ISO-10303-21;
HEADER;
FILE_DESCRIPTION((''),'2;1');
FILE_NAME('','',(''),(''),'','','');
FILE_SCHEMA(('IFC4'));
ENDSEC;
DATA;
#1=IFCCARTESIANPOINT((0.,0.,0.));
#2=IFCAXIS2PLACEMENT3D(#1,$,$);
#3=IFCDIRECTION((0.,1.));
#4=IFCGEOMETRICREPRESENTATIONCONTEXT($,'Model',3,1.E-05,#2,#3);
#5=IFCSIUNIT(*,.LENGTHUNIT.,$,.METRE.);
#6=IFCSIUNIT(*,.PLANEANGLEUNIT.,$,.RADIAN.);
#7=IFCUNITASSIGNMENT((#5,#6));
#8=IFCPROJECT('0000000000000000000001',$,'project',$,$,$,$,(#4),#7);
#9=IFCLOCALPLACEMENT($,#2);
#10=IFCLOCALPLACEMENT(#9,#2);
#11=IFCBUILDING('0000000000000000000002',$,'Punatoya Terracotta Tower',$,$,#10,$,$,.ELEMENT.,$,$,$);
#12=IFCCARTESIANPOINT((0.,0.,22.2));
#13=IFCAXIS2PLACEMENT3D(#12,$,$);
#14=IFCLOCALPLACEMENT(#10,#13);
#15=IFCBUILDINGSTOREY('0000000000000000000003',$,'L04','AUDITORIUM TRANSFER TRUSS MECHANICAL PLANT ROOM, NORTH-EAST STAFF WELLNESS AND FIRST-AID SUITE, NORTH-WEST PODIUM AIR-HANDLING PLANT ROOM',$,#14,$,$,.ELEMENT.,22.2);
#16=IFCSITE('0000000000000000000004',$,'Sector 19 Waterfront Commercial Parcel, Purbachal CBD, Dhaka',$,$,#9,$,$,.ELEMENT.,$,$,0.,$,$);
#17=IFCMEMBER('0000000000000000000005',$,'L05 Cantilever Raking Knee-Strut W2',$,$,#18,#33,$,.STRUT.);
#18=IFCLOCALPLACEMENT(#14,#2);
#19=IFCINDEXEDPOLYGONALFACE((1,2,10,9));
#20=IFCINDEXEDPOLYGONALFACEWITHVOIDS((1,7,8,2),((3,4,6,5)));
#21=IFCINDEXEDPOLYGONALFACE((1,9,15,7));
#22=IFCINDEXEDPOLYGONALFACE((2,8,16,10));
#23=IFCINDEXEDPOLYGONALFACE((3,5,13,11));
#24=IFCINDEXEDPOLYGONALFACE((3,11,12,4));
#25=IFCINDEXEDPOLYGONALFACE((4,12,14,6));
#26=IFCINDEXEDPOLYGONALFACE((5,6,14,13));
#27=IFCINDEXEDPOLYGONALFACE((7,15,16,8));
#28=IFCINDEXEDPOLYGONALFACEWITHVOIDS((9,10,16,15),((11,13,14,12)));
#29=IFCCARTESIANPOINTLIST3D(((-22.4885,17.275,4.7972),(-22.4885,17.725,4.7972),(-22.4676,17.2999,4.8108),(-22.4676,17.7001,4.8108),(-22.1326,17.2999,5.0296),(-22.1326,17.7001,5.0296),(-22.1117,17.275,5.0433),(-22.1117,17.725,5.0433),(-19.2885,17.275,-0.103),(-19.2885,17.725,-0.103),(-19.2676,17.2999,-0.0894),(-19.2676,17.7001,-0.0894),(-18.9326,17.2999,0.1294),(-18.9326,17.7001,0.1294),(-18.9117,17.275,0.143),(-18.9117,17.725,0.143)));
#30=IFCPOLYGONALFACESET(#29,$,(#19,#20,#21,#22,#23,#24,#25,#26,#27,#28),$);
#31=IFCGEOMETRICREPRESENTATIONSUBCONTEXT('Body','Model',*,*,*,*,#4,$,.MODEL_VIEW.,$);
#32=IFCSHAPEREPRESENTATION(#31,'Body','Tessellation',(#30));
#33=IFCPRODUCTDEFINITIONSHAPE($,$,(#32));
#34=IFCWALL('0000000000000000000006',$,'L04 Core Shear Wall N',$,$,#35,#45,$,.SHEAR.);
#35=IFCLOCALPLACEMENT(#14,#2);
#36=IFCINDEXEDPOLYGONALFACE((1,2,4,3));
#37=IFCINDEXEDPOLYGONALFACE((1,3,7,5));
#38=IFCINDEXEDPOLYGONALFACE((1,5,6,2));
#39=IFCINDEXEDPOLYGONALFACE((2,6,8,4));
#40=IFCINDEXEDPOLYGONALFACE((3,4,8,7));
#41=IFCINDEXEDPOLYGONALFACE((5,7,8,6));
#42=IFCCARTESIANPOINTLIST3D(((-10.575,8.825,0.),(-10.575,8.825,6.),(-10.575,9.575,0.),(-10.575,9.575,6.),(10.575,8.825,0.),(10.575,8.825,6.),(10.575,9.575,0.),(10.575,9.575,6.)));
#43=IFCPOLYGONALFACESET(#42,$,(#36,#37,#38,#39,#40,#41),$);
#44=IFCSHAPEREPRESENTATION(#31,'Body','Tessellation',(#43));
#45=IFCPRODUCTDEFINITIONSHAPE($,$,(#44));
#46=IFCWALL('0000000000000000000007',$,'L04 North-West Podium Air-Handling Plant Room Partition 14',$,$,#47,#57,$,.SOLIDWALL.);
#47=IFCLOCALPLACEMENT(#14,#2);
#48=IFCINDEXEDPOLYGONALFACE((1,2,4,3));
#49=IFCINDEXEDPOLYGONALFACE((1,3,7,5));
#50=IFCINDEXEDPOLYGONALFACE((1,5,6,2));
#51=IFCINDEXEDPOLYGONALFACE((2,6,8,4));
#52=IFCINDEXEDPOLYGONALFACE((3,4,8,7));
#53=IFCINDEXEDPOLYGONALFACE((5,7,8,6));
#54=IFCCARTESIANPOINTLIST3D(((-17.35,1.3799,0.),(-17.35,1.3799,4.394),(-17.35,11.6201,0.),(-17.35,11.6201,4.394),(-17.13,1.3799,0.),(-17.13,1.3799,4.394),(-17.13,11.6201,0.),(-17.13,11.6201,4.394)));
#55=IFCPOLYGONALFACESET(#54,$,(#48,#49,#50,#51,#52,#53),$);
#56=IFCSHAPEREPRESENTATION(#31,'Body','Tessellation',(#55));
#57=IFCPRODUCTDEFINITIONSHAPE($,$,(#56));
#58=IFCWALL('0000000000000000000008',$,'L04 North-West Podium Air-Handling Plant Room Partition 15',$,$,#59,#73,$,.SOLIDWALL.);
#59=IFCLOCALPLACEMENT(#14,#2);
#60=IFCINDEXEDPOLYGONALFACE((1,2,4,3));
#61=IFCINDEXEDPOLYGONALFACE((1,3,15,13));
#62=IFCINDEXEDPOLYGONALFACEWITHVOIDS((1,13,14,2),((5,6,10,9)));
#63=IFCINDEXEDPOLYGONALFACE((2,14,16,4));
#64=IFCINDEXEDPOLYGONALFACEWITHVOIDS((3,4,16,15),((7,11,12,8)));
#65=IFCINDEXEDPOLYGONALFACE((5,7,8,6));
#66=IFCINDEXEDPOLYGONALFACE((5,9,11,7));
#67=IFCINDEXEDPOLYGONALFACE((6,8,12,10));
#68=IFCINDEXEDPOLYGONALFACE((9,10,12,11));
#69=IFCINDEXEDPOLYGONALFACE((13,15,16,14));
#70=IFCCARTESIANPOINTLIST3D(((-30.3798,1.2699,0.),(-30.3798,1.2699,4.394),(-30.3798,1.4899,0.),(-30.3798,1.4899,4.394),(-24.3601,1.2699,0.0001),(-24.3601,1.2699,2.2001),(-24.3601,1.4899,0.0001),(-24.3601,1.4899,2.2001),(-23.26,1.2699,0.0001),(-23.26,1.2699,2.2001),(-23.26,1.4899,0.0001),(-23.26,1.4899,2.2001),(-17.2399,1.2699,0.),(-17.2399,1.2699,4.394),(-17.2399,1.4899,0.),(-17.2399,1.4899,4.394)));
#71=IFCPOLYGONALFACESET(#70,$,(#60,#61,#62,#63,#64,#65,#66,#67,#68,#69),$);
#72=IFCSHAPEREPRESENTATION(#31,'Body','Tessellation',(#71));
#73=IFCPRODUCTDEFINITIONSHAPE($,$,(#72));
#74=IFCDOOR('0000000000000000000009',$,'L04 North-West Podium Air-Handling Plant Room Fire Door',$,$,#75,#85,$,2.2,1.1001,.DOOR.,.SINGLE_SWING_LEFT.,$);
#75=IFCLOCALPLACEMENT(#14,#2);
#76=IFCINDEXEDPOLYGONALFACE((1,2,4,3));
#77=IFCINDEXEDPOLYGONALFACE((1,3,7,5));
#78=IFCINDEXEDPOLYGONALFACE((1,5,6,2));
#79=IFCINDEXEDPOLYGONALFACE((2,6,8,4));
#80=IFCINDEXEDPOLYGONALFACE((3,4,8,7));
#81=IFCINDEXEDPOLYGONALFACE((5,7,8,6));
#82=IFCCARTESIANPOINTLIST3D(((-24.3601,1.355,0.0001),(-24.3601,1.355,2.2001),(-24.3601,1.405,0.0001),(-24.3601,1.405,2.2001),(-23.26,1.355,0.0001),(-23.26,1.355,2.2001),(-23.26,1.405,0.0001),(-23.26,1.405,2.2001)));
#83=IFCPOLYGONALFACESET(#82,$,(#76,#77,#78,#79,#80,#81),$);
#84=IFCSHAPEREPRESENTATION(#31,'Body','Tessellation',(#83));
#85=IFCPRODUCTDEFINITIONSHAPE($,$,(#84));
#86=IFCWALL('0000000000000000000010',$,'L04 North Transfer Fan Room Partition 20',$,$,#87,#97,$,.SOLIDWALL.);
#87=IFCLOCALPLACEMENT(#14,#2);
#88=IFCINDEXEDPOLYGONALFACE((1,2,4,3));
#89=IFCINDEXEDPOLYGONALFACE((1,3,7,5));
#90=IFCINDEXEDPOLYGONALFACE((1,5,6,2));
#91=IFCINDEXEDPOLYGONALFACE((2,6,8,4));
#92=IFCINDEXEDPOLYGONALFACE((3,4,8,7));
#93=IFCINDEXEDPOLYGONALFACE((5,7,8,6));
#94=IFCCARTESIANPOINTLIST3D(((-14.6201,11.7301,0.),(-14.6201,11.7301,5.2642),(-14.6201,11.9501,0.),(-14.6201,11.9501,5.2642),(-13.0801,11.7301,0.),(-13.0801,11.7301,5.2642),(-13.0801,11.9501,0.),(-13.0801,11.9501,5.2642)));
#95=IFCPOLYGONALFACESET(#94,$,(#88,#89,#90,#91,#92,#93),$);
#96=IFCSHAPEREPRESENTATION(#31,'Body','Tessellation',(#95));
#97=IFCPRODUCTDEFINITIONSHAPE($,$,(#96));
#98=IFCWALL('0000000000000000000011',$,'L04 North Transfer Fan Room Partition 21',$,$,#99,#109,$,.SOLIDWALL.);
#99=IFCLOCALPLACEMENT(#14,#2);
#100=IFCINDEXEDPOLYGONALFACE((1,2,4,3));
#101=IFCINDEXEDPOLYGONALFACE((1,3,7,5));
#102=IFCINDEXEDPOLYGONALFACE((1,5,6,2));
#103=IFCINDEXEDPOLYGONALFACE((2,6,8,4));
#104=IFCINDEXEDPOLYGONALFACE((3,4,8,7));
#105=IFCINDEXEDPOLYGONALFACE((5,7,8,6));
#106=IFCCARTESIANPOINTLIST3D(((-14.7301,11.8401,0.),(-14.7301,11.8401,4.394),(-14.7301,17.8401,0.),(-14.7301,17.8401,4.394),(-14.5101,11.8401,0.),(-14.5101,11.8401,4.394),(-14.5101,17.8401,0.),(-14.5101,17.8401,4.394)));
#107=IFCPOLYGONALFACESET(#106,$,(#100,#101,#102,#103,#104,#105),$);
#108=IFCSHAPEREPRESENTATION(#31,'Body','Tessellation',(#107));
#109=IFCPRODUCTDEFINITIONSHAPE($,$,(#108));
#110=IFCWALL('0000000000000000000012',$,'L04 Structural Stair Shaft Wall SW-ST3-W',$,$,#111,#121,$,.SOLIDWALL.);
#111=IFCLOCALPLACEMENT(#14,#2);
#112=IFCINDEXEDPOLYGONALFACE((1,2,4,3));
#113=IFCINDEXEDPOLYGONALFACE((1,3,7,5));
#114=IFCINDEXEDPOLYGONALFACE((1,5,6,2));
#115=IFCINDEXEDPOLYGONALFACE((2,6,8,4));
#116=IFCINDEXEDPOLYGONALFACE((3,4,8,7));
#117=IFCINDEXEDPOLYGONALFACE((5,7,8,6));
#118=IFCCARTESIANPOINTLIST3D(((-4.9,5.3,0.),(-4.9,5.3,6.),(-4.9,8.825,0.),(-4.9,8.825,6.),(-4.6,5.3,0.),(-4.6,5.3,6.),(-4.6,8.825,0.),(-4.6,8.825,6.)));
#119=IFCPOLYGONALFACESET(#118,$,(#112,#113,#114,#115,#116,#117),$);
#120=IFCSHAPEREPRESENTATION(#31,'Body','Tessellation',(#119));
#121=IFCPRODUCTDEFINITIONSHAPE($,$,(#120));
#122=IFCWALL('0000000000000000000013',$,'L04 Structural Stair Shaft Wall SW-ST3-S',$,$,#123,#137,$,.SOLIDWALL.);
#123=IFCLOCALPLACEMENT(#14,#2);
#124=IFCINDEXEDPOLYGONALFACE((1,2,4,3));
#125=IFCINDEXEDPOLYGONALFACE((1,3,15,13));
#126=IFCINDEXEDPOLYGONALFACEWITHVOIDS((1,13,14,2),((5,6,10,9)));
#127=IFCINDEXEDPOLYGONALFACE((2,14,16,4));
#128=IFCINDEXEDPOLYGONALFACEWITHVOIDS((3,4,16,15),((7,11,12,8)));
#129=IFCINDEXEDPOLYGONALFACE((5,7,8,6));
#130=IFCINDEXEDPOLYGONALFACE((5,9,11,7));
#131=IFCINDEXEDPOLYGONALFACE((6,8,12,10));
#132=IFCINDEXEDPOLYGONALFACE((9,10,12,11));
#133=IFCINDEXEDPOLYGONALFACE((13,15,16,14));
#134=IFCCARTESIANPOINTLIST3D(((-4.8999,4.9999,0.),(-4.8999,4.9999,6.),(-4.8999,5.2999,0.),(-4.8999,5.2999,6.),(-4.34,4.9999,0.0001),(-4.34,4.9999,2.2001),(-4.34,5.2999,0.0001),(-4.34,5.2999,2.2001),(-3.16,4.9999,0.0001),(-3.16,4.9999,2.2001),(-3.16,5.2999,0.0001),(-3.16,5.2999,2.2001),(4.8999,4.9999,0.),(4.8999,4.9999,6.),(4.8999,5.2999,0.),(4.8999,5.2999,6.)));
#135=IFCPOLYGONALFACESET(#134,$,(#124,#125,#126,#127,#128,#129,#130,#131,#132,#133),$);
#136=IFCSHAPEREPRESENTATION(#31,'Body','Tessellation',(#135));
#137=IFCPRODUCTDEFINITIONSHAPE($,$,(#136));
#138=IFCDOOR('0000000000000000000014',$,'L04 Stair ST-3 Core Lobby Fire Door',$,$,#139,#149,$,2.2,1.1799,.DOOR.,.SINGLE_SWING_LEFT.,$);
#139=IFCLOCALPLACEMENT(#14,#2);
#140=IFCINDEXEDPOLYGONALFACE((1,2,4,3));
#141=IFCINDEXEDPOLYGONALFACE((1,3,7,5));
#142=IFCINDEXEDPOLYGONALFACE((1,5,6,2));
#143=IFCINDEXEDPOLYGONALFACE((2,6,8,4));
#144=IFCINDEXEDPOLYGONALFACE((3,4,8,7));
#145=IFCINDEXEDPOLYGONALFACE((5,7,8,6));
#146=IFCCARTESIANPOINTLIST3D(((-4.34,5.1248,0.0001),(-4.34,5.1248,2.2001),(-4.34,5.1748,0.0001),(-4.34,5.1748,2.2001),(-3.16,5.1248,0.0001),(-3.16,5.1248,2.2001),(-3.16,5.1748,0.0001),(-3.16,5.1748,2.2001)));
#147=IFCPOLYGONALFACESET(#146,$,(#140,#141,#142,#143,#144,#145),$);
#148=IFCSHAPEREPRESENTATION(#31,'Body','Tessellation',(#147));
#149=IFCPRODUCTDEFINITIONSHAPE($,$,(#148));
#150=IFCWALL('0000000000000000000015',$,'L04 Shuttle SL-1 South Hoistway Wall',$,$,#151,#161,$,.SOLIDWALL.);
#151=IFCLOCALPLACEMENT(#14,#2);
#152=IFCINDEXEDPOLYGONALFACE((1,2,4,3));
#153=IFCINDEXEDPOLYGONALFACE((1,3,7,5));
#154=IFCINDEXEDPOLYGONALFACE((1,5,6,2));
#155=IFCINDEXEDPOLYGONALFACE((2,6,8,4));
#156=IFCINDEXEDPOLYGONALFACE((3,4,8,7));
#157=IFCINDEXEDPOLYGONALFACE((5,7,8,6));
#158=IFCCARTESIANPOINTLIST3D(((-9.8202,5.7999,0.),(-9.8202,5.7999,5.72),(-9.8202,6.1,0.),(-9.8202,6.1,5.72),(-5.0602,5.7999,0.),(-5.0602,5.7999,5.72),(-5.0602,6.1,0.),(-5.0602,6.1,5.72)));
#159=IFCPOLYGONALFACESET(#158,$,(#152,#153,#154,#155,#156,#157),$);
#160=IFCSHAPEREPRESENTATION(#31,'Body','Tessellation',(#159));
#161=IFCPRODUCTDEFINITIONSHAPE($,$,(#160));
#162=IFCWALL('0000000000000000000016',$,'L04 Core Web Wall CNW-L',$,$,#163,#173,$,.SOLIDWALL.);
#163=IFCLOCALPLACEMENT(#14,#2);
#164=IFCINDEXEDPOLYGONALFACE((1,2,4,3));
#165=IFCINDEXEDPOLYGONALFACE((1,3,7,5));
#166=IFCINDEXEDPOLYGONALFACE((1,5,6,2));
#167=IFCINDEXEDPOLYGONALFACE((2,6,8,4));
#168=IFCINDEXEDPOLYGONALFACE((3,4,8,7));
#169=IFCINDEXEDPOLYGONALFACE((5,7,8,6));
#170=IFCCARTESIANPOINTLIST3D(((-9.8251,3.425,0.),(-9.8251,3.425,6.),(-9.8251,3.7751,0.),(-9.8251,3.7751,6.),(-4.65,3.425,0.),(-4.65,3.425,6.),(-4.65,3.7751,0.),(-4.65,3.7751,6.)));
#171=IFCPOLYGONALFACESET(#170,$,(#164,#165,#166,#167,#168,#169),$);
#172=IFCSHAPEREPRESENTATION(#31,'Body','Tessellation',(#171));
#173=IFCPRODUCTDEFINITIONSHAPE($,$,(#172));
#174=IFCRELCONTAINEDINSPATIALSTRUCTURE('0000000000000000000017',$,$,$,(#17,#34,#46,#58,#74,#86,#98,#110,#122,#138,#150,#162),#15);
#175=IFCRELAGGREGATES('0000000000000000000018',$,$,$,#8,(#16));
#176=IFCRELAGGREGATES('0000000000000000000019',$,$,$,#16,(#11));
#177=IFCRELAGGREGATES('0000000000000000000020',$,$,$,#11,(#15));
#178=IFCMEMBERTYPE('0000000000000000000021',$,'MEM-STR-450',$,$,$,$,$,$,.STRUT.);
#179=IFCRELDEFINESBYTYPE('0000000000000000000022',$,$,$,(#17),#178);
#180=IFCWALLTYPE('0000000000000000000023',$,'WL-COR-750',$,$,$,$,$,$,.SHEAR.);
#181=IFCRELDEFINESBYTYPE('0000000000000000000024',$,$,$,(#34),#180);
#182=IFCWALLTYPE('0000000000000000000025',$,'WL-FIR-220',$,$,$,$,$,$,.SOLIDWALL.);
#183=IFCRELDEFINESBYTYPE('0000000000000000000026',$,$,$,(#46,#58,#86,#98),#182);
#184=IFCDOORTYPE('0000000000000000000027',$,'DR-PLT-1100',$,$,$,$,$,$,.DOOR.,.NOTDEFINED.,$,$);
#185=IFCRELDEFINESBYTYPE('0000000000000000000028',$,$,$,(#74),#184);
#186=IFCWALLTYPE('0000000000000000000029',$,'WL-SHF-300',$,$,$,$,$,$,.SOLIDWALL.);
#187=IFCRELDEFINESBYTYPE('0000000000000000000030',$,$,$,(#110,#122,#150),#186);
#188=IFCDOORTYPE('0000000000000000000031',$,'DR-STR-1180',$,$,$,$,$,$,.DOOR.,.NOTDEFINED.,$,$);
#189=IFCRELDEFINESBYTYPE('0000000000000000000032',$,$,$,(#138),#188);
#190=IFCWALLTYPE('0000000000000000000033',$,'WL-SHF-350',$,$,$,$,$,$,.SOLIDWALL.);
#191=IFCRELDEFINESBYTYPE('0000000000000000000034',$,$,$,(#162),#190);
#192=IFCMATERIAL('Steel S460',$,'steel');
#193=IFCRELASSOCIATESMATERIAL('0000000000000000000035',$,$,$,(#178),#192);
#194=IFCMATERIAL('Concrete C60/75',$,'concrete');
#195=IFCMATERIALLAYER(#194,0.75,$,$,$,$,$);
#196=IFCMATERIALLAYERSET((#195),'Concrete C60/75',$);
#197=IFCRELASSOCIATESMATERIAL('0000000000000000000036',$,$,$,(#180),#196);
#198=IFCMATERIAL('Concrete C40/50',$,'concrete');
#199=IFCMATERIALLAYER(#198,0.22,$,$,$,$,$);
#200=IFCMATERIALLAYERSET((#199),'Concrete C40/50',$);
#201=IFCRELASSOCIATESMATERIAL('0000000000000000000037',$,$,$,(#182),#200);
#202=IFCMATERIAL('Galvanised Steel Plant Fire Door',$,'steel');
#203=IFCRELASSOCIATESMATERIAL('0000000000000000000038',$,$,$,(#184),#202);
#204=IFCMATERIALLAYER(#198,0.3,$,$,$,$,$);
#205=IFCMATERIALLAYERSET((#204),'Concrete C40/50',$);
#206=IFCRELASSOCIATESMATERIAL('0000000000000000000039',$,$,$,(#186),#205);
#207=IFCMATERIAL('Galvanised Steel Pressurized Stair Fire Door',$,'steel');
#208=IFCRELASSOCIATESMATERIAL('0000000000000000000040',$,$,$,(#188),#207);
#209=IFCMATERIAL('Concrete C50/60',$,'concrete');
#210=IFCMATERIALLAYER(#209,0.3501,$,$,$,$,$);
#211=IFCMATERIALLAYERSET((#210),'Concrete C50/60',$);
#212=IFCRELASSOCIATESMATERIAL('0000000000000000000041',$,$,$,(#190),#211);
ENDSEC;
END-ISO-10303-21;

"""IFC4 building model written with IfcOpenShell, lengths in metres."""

from ifc_helpers import new_model, si_unit, direction, frame, frame_2d, origin, origin_2d, place, context, subcontext, project, spatial, rectangle, hollow_rectangle, extrude, material, layer, layer_set, material_profile, profile_set, type_object, element, fill, save


model = new_model("IFC4")

# Units and contexts
model_context = context("Model", 3, precision=1e-05, world=origin(), true_north=direction((0.0, 1.0)))
body_context = subcontext(model_context, "Body", "Model", "MODEL_VIEW")
ifc_project = project(units=[si_unit("LENGTHUNIT", "METRE"), si_unit("PLANEANGLEUNIT", "RADIAN")], contexts=[model_context])

# Site, building, storey
site_placement = place(None, origin())
site = spatial("IfcSite", under=ifc_project, at=site_placement, Name="Sector 19 Waterfront Commercial Parcel, Purbachal CBD, Dhaka", CompositionType="ELEMENT", RefElevation=0.0)
building_placement = place(site_placement, origin())
building = spatial("IfcBuilding", under=site, at=building_placement, Name="Punatoya Terracotta Tower", CompositionType="ELEMENT")
storey_placement = place(building_placement, frame((0.0, 0.0, 22.2)))
storey = spatial("IfcBuildingStorey", under=building, at=storey_placement, Name="L04", Description="AUDITORIUM TRANSFER TRUSS MECHANICAL PLANT ROOM, NORTH-EAST STAFF WELLNESS AND FIRST-AID SUITE, NORTH-WEST PODIUM AIR-HANDLING PLANT ROOM", CompositionType="ELEMENT", Elevation=22.2)

# Shared definitions
ifc_material_1 = material(Name="Concrete C50/60", Category="concrete")

# Member
ifc_material_2 = material(Name="Steel S460", Category="steel")
ifc_material_profile_1 = material_profile(ifc_material_2, hollow_rectangle(XDim=0.45, YDim=0.45, WallThickness=0.0249, at=origin_2d()))
ifc_profile_set_1 = profile_set([ifc_material_profile_1], Name="Steel S460")
member_type = type_object("IfcMemberType", Name="MEM-STR-450", PredefinedType="STRUT", material=ifc_profile_set_1)
member_placement = place(storey_placement, frame((-19.1001, 17.5, 0.02), z_axis=(-0.546772, 0.0, 0.837282), x_axis=(0.0, -1.0, 0.0)))
element("IfcMember", 1, at=member_placement, inside=storey, type_object=member_type, Name="L05 Cantilever Raking Knee-Strut W2", PredefinedType="STRUT", context=body_context, shape_type="SweptSolid", body=[
    extrude(hollow_rectangle(XDim=0.45, YDim=0.45, WallThickness=0.0249, at=origin_2d()), origin(), (0.0, 0.0, 1.0), 5.8525),
])

# Walls
ifc_material_3 = material(Name="Concrete C60/75", Category="concrete")
ifc_layer_1 = layer(ifc_material_3, 0.75)
ifc_layer_set_1 = layer_set([ifc_layer_1], Name="Concrete C60/75")
wall_type_1 = type_object("IfcWallType", Name="WL-COR-750", PredefinedType="SHEAR", material=ifc_layer_set_1)
wall_1_placement = place(storey_placement, frame((-10.575, 9.2, 0.0), z_axis=(0.0, 0.0, 1.0), x_axis=(1.0, 0.0, 0.0)))
element("IfcWall", 2, at=wall_1_placement, inside=storey, type_object=wall_type_1, Name="L04 Core Shear Wall N", PredefinedType="SHEAR", context=body_context, shape_type="SweptSolid", body=[
    extrude(rectangle(XDim=21.1499, YDim=0.75, at=frame_2d((10.575, 0.0))), origin(), (0.0, 0.0, 1.0), 6.0),
])
ifc_material_4 = material(Name="Concrete C40/50", Category="concrete")
ifc_layer_2 = layer(ifc_material_4, 0.22)
ifc_layer_set_2 = layer_set([ifc_layer_2], Name="Concrete C40/50")
wall_type_2 = type_object("IfcWallType", Name="WL-FIR-220", PredefinedType="SOLIDWALL", material=ifc_layer_set_2)
wall_2_placement = place(storey_placement, frame((-17.24, 11.6201, 0.0), z_axis=(0.0, 0.0, 1.0), x_axis=(0.0, -1.0, 0.0)))
element("IfcWall", 3, at=wall_2_placement, inside=storey, type_object=wall_type_2, Name="L04 North-West Podium Air-Handling Plant Room Partition 14", PredefinedType="SOLIDWALL", context=body_context, shape_type="SweptSolid", body=[
    extrude(rectangle(XDim=10.2402, YDim=0.22, at=frame_2d((5.1201, 0.0))), origin(), (0.0, 0.0, 1.0), 4.394),
])

# Wall, opening, door
wall_3_placement = place(storey_placement, frame((-17.24, 1.3799, 0.0), z_axis=(0.0, 0.0, 1.0), x_axis=(-1.0, 0.0, 0.0)))
wall_3 = element("IfcWall", 4, at=wall_3_placement, inside=storey, type_object=wall_type_2, Name="L04 North-West Podium Air-Handling Plant Room Partition 15", PredefinedType="SOLIDWALL", context=body_context, shape_type="SweptSolid", body=[
    extrude(rectangle(XDim=13.1399, YDim=0.22, at=frame_2d((6.5698, 0.0))), origin(), (0.0, 0.0, 1.0), 4.394),
])
opening_1_placement = place(wall_3_placement, frame((6.02, 0.0, 0.0)))
opening_1 = element("IfcOpeningElement", 5, at=opening_1_placement, cuts=wall_3, PredefinedType="OPENING", context=body_context, shape_type="SweptSolid", body=[
    extrude(rectangle(XDim=1.1001, YDim=2.2, at=frame_2d((0.55, 1.1001))), frame((0.0, 0.1199, 0.0), z_axis=(0.0, -1.0, 0.0), x_axis=(1.0, 0.0, 0.0)), (0.0, 0.0, 1.0), 0.24),
])
ifc_material_5 = material(Name="Galvanised Steel Plant Fire Door", Category="steel")
door_type_1 = type_object("IfcDoorType", Name="DR-PLT-1100", OperationType="NOTDEFINED", PredefinedType="DOOR", material=ifc_material_5)
door_1_placement = place(opening_1_placement, origin())
door_1 = element("IfcDoor", 6, at=door_1_placement, inside=storey, type_object=door_type_1, Name="L04 North-West Podium Air-Handling Plant Room Fire Door", OperationType="SINGLE_SWING_LEFT", OverallHeight=2.2, OverallWidth=1.1001, PredefinedType="DOOR", context=body_context, shape_type="SweptSolid", body=[
    extrude(rectangle(XDim=1.1001, YDim=2.2, at=frame_2d((0.55, 1.1001))), frame((0.0, 0.0249, 0.0), z_axis=(0.0, -1.0, 0.0), x_axis=(1.0, 0.0, 0.0)), (0.0, 0.0, 1.0), 0.05),
])
fill(opening_1, door_1)

# Walls
wall_4_placement = place(storey_placement, frame((-13.0801, 11.8401, 0.0), z_axis=(0.0, 0.0, 1.0), x_axis=(-1.0, 0.0, 0.0)))
element("IfcWall", 7, at=wall_4_placement, inside=storey, type_object=wall_type_2, Name="L04 North Transfer Fan Room Partition 20", PredefinedType="SOLIDWALL", context=body_context, shape_type="SweptSolid", body=[
    extrude(rectangle(XDim=1.54, YDim=0.22, at=frame_2d((0.77, 0.0))), origin(), (0.0, 0.0, 1.0), 5.2642),
])
wall_5_placement = place(storey_placement, frame((-14.6201, 11.8401, 0.0), z_axis=(0.0, 0.0, 1.0), x_axis=(0.0, 1.0, 0.0)))
element("IfcWall", 8, at=wall_5_placement, inside=storey, type_object=wall_type_2, Name="L04 North Transfer Fan Room Partition 21", PredefinedType="SOLIDWALL", context=body_context, shape_type="SweptSolid", body=[
    extrude(rectangle(XDim=6.0, YDim=0.22, at=frame_2d((3.0, 0.0))), origin(), (0.0, 0.0, 1.0), 4.394),
])
ifc_layer_3 = layer(ifc_material_4, 0.3)
ifc_layer_set_3 = layer_set([ifc_layer_3], Name="Concrete C40/50")
wall_type_3 = type_object("IfcWallType", Name="WL-SHF-300", PredefinedType="SOLIDWALL", material=ifc_layer_set_3)
wall_6_placement = place(storey_placement, frame((-4.75, 5.3, 0.0), z_axis=(0.0, 0.0, 1.0), x_axis=(0.0, 1.0, 0.0)))
element("IfcWall", 9, at=wall_6_placement, inside=storey, type_object=wall_type_3, Name="L04 Structural Stair Shaft Wall SW-ST3-W", PredefinedType="SOLIDWALL", context=body_context, shape_type="SweptSolid", body=[
    extrude(rectangle(XDim=3.5249, YDim=0.3, at=frame_2d((1.7625, 0.0))), origin(), (0.0, 0.0, 1.0), 6.0),
])

# Wall, opening, door
wall_7_placement = place(storey_placement, frame((-4.8999, 5.1499, 0.0), z_axis=(0.0, 0.0, 1.0), x_axis=(1.0, 0.0, 0.0)))
wall_7 = element("IfcWall", 10, at=wall_7_placement, inside=storey, type_object=wall_type_3, Name="L04 Structural Stair Shaft Wall SW-ST3-S", PredefinedType="SOLIDWALL", context=body_context, shape_type="SweptSolid", body=[
    extrude(rectangle(XDim=9.7998, YDim=0.3, at=frame_2d((4.8999, 0.0))), origin(), (0.0, 0.0, 1.0), 6.0),
])
opening_2_placement = place(wall_7_placement, frame((0.5601, 0.0, 0.0)))
opening_2 = element("IfcOpeningElement", 11, at=opening_2_placement, cuts=wall_7, PredefinedType="OPENING", context=body_context, shape_type="SweptSolid", body=[
    extrude(rectangle(XDim=1.1799, YDim=2.2, at=frame_2d((0.5898, 1.1001))), frame((0.0, 0.1599, 0.0), z_axis=(0.0, -1.0, 0.0), x_axis=(1.0, 0.0, 0.0)), (0.0, 0.0, 1.0), 0.3201),
])
ifc_material_6 = material(Name="Galvanised Steel Pressurized Stair Fire Door", Category="steel")
door_type_2 = type_object("IfcDoorType", Name="DR-STR-1180", OperationType="NOTDEFINED", PredefinedType="DOOR", material=ifc_material_6)
door_2_placement = place(opening_2_placement, origin())
door_2 = element("IfcDoor", 12, at=door_2_placement, inside=storey, type_object=door_type_2, Name="L04 Stair ST-3 Core Lobby Fire Door", OperationType="SINGLE_SWING_LEFT", OverallHeight=2.2, OverallWidth=1.1799, PredefinedType="DOOR", context=body_context, shape_type="SweptSolid", body=[
    extrude(rectangle(XDim=1.1799, YDim=2.2, at=frame_2d((0.5898, 1.1001))), frame((0.0, 0.0249, 0.0), z_axis=(0.0, -1.0, 0.0), x_axis=(1.0, 0.0, 0.0)), (0.0, 0.0, 1.0), 0.05),
])
fill(opening_2, door_2)

# Walls
wall_8_placement = place(storey_placement, frame((-9.8201, 5.95, 0.0), z_axis=(0.0, 0.0, 1.0), x_axis=(1.0, 0.0, 0.0)))
element("IfcWall", 13, at=wall_8_placement, inside=storey, type_object=wall_type_3, Name="L04 Shuttle SL-1 South Hoistway Wall", PredefinedType="SOLIDWALL", context=body_context, shape_type="SweptSolid", body=[
    extrude(rectangle(XDim=4.76, YDim=0.3, at=frame_2d((2.3799, 0.0))), origin(), (0.0, 0.0, 1.0), 5.72),
])
ifc_layer_4 = layer(ifc_material_1, 0.3501)
ifc_layer_set_4 = layer_set([ifc_layer_4], Name="Concrete C50/60")
wall_type_4 = type_object("IfcWallType", Name="WL-SHF-350", PredefinedType="SOLIDWALL", material=ifc_layer_set_4)
wall_9_placement = place(storey_placement, frame((-9.825, 3.6001, 0.0), z_axis=(0.0, 0.0, 1.0), x_axis=(1.0, 0.0, 0.0)))
element("IfcWall", 14, at=wall_9_placement, inside=storey, type_object=wall_type_4, Name="L04 Core Web Wall CNW-L", PredefinedType="SOLIDWALL", context=body_context, shape_type="SweptSolid", body=[
    extrude(rectangle(XDim=5.175, YDim=0.3501, at=frame_2d((2.5874, 0.0))), origin(), (0.0, 0.0, 1.0), 6.0),
])

save(model, "model.ifc")
